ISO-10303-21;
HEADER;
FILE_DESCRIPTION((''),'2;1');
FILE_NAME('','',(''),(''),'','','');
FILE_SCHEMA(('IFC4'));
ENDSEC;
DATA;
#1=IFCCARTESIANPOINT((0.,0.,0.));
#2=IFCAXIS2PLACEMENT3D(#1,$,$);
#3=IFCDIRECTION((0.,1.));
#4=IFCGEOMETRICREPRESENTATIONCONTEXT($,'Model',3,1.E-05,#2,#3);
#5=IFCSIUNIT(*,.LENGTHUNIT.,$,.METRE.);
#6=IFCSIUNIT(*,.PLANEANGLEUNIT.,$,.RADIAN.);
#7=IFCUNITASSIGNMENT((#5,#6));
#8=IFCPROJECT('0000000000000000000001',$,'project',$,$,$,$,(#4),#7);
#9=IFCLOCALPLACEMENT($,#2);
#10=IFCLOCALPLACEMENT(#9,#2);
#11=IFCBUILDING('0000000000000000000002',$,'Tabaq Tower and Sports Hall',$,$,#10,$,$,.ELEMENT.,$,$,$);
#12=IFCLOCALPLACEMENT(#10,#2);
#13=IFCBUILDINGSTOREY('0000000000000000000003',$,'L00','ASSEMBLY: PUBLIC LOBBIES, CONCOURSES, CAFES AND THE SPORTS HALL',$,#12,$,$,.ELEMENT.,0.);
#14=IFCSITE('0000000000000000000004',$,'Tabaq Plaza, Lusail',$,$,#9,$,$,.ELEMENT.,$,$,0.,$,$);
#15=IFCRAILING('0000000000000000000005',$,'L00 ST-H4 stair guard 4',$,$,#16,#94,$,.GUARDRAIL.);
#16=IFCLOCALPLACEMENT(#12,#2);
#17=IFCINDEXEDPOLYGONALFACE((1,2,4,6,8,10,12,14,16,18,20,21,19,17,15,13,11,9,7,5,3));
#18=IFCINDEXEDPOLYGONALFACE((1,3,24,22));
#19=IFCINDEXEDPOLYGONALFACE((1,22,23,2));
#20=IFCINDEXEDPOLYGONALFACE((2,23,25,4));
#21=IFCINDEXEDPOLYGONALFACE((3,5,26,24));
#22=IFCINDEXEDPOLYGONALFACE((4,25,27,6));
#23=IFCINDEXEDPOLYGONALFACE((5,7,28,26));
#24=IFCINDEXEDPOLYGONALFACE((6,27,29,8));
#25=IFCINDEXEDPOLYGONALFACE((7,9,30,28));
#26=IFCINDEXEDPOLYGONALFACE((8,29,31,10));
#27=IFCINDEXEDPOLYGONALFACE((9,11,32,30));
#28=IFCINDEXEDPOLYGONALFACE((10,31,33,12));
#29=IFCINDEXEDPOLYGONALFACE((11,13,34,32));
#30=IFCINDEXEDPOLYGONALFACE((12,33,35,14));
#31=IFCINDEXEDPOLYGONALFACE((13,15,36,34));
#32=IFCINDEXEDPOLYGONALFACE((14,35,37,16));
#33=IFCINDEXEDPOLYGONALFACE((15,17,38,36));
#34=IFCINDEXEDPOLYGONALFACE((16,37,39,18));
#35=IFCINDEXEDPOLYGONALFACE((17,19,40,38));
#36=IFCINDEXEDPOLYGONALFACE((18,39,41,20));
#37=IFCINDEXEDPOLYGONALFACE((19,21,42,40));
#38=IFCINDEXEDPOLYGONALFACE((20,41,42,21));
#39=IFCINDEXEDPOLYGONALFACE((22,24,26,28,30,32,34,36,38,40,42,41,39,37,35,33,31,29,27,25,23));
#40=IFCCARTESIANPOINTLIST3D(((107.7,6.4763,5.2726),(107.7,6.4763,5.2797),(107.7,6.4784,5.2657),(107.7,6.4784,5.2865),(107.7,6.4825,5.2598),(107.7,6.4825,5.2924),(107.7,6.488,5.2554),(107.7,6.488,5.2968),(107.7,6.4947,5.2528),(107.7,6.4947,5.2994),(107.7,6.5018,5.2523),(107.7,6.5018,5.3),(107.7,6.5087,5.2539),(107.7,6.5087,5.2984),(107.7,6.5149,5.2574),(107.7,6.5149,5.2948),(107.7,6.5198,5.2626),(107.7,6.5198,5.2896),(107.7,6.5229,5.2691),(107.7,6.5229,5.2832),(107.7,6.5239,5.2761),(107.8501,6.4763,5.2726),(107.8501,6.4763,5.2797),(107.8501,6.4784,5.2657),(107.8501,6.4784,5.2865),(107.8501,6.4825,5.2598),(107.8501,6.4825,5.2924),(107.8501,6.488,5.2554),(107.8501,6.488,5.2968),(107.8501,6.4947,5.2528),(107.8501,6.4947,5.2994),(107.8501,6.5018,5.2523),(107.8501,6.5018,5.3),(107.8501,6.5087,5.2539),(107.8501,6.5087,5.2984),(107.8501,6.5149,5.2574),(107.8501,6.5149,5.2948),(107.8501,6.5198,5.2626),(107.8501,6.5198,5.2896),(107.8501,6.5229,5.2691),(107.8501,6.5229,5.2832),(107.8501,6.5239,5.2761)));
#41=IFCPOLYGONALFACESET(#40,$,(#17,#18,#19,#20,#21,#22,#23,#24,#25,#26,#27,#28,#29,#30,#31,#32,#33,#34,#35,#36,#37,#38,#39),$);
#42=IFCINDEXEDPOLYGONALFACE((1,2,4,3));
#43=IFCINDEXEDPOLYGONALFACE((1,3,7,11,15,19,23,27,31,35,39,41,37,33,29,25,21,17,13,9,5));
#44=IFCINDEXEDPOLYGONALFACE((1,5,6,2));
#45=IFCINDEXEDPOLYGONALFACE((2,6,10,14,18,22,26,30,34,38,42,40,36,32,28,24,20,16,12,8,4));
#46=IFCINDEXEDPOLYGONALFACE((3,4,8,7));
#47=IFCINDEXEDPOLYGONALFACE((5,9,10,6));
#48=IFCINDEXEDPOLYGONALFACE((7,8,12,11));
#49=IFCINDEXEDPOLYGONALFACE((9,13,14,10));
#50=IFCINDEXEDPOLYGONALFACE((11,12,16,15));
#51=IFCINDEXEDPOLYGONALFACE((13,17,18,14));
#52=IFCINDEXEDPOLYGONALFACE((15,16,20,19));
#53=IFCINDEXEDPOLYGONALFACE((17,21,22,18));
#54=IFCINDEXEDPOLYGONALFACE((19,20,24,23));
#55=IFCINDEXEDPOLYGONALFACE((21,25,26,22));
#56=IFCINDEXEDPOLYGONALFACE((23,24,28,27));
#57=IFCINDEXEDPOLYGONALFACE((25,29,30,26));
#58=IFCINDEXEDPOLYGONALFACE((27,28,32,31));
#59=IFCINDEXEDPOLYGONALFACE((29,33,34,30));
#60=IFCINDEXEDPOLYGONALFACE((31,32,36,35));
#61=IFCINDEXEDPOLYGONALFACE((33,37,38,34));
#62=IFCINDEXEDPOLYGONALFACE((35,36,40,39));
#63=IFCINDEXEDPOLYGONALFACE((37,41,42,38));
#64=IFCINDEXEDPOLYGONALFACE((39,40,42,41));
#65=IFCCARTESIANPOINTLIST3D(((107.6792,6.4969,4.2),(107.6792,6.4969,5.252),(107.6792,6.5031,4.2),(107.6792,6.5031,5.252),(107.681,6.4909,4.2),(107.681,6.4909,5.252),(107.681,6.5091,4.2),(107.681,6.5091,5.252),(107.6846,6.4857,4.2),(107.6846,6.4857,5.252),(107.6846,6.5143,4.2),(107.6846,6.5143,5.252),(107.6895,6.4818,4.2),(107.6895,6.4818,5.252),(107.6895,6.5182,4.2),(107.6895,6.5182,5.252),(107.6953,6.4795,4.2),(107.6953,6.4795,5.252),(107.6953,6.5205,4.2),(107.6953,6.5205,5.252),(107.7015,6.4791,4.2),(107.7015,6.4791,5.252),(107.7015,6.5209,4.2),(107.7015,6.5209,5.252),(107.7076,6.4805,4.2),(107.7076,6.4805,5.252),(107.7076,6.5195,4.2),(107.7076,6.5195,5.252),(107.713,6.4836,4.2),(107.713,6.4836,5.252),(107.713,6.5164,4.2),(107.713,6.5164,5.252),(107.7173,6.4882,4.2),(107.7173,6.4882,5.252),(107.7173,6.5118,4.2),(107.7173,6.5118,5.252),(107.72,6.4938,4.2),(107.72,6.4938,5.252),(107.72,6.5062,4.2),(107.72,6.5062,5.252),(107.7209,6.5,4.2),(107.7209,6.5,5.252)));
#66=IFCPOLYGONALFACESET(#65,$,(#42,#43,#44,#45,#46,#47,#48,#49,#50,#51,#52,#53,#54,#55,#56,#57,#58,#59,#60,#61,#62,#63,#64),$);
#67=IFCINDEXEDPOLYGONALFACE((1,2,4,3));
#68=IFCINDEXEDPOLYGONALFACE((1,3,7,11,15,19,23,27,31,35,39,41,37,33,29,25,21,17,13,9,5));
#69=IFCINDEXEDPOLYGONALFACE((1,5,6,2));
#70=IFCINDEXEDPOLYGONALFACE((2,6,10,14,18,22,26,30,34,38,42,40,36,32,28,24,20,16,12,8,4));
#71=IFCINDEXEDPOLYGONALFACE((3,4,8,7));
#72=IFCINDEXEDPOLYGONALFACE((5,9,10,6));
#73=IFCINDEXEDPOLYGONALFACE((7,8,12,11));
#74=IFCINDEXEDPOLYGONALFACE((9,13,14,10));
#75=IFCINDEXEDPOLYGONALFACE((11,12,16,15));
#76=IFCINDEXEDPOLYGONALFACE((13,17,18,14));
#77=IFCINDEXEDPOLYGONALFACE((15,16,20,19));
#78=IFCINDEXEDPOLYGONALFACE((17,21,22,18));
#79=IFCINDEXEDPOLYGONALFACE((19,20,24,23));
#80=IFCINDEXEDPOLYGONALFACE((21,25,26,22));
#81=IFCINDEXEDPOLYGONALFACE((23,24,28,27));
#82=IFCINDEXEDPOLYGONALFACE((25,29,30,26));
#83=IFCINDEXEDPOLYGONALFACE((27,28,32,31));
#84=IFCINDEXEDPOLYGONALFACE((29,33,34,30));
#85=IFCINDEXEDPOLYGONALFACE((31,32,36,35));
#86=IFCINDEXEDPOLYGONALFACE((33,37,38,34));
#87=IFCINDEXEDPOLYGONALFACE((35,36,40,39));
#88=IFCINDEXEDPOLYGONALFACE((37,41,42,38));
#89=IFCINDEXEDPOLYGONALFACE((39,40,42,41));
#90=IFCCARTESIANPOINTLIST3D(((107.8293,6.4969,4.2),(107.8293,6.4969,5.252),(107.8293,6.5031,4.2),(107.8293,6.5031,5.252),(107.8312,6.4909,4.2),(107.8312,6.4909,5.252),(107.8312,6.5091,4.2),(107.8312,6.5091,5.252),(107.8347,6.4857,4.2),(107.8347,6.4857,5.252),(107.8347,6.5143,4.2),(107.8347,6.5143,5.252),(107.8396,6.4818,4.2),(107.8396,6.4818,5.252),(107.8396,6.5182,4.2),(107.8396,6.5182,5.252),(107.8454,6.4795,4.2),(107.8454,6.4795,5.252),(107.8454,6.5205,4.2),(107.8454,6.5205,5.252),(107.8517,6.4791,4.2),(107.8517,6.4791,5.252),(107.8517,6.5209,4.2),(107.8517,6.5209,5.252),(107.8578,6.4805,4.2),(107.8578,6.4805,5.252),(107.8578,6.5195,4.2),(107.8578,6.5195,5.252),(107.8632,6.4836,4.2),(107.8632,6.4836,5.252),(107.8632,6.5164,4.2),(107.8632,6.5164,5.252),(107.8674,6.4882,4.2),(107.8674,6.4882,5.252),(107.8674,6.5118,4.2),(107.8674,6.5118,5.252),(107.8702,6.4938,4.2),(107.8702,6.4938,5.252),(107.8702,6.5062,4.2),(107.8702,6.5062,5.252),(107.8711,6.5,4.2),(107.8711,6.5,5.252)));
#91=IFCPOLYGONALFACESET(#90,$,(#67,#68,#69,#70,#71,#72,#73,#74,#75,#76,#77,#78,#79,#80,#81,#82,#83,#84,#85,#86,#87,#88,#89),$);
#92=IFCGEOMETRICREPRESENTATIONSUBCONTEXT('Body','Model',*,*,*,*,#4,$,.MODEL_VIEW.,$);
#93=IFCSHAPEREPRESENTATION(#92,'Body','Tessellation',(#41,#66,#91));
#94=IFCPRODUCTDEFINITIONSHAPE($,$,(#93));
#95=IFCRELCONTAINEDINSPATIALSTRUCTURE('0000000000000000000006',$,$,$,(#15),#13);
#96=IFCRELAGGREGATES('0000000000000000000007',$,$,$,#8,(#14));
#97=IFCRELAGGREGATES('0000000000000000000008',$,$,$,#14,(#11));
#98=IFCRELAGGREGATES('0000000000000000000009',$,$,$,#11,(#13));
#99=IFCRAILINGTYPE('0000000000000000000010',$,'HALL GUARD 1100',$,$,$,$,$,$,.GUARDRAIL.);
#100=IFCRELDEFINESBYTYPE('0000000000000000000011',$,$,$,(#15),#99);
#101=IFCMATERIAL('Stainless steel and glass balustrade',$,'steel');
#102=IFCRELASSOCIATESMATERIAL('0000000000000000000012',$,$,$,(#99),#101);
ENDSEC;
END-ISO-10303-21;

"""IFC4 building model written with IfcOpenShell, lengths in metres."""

from ifc_helpers import new_model, si_unit, direction, frame, origin, origin_2d, place, context, subcontext, project, spatial, circle, extrude, material, type_object, element, save


model = new_model("IFC4")

# Units and contexts
model_context = context("Model", 3, precision=1e-05, world=origin(), true_north=direction((0.0, 1.0)))
body_context = subcontext(model_context, "Body", "Model", "MODEL_VIEW")
ifc_project = project(units=[si_unit("LENGTHUNIT", "METRE"), si_unit("PLANEANGLEUNIT", "RADIAN")], contexts=[model_context])

# Site, building, storey
site_placement = place(None, origin())
site = spatial("IfcSite", under=ifc_project, at=site_placement, Name="Tabaq Plaza, Lusail", CompositionType="ELEMENT", RefElevation=0.0)
building_placement = place(site_placement, origin())
building = spatial("IfcBuilding", under=site, at=building_placement, Name="Tabaq Tower and Sports Hall", CompositionType="ELEMENT")
storey_placement = place(building_placement, origin())
storey = spatial("IfcBuildingStorey", under=building, at=storey_placement, Name="L00", Description="ASSEMBLY: PUBLIC LOBBIES, CONCOURSES, CAFES AND THE SPORTS HALL", CompositionType="ELEMENT", Elevation=0.0)

# Railing
ifc_material_1 = material(Name="Stainless steel and glass balustrade", Category="steel")
railing_type = type_object("IfcRailingType", Name="HALL GUARD 1100", PredefinedType="GUARDRAIL", material=ifc_material_1)
railing_1_placement = place(storey_placement, frame((107.7, 6.5, 4.2)))
element("IfcRailing", 1, at=railing_1_placement, inside=storey, type_object=railing_type, Name="L00 ST-H4 stair guard 4", PredefinedType="GUARDRAIL", context=body_context, shape_type="SweptSolid", body=[
    extrude(circle(Radius=0.0239, at=origin_2d()), frame((0.0, 0.0, 1.0762), z_axis=(1.0, 0.0, 0.0), x_axis=(0.0, 1.0, 0.0)), (0.0, 0.0, 1.0), 0.1501),
    extrude(circle(Radius=0.021, at=origin_2d()), origin(), (0.0, 0.0, 1.0), 1.052),
    extrude(circle(Radius=0.021, at=origin_2d()), frame((0.1501, 0.0, 0.0)), (0.0, 0.0, 1.0), 1.052),
])

save(model, "model.ifc")
